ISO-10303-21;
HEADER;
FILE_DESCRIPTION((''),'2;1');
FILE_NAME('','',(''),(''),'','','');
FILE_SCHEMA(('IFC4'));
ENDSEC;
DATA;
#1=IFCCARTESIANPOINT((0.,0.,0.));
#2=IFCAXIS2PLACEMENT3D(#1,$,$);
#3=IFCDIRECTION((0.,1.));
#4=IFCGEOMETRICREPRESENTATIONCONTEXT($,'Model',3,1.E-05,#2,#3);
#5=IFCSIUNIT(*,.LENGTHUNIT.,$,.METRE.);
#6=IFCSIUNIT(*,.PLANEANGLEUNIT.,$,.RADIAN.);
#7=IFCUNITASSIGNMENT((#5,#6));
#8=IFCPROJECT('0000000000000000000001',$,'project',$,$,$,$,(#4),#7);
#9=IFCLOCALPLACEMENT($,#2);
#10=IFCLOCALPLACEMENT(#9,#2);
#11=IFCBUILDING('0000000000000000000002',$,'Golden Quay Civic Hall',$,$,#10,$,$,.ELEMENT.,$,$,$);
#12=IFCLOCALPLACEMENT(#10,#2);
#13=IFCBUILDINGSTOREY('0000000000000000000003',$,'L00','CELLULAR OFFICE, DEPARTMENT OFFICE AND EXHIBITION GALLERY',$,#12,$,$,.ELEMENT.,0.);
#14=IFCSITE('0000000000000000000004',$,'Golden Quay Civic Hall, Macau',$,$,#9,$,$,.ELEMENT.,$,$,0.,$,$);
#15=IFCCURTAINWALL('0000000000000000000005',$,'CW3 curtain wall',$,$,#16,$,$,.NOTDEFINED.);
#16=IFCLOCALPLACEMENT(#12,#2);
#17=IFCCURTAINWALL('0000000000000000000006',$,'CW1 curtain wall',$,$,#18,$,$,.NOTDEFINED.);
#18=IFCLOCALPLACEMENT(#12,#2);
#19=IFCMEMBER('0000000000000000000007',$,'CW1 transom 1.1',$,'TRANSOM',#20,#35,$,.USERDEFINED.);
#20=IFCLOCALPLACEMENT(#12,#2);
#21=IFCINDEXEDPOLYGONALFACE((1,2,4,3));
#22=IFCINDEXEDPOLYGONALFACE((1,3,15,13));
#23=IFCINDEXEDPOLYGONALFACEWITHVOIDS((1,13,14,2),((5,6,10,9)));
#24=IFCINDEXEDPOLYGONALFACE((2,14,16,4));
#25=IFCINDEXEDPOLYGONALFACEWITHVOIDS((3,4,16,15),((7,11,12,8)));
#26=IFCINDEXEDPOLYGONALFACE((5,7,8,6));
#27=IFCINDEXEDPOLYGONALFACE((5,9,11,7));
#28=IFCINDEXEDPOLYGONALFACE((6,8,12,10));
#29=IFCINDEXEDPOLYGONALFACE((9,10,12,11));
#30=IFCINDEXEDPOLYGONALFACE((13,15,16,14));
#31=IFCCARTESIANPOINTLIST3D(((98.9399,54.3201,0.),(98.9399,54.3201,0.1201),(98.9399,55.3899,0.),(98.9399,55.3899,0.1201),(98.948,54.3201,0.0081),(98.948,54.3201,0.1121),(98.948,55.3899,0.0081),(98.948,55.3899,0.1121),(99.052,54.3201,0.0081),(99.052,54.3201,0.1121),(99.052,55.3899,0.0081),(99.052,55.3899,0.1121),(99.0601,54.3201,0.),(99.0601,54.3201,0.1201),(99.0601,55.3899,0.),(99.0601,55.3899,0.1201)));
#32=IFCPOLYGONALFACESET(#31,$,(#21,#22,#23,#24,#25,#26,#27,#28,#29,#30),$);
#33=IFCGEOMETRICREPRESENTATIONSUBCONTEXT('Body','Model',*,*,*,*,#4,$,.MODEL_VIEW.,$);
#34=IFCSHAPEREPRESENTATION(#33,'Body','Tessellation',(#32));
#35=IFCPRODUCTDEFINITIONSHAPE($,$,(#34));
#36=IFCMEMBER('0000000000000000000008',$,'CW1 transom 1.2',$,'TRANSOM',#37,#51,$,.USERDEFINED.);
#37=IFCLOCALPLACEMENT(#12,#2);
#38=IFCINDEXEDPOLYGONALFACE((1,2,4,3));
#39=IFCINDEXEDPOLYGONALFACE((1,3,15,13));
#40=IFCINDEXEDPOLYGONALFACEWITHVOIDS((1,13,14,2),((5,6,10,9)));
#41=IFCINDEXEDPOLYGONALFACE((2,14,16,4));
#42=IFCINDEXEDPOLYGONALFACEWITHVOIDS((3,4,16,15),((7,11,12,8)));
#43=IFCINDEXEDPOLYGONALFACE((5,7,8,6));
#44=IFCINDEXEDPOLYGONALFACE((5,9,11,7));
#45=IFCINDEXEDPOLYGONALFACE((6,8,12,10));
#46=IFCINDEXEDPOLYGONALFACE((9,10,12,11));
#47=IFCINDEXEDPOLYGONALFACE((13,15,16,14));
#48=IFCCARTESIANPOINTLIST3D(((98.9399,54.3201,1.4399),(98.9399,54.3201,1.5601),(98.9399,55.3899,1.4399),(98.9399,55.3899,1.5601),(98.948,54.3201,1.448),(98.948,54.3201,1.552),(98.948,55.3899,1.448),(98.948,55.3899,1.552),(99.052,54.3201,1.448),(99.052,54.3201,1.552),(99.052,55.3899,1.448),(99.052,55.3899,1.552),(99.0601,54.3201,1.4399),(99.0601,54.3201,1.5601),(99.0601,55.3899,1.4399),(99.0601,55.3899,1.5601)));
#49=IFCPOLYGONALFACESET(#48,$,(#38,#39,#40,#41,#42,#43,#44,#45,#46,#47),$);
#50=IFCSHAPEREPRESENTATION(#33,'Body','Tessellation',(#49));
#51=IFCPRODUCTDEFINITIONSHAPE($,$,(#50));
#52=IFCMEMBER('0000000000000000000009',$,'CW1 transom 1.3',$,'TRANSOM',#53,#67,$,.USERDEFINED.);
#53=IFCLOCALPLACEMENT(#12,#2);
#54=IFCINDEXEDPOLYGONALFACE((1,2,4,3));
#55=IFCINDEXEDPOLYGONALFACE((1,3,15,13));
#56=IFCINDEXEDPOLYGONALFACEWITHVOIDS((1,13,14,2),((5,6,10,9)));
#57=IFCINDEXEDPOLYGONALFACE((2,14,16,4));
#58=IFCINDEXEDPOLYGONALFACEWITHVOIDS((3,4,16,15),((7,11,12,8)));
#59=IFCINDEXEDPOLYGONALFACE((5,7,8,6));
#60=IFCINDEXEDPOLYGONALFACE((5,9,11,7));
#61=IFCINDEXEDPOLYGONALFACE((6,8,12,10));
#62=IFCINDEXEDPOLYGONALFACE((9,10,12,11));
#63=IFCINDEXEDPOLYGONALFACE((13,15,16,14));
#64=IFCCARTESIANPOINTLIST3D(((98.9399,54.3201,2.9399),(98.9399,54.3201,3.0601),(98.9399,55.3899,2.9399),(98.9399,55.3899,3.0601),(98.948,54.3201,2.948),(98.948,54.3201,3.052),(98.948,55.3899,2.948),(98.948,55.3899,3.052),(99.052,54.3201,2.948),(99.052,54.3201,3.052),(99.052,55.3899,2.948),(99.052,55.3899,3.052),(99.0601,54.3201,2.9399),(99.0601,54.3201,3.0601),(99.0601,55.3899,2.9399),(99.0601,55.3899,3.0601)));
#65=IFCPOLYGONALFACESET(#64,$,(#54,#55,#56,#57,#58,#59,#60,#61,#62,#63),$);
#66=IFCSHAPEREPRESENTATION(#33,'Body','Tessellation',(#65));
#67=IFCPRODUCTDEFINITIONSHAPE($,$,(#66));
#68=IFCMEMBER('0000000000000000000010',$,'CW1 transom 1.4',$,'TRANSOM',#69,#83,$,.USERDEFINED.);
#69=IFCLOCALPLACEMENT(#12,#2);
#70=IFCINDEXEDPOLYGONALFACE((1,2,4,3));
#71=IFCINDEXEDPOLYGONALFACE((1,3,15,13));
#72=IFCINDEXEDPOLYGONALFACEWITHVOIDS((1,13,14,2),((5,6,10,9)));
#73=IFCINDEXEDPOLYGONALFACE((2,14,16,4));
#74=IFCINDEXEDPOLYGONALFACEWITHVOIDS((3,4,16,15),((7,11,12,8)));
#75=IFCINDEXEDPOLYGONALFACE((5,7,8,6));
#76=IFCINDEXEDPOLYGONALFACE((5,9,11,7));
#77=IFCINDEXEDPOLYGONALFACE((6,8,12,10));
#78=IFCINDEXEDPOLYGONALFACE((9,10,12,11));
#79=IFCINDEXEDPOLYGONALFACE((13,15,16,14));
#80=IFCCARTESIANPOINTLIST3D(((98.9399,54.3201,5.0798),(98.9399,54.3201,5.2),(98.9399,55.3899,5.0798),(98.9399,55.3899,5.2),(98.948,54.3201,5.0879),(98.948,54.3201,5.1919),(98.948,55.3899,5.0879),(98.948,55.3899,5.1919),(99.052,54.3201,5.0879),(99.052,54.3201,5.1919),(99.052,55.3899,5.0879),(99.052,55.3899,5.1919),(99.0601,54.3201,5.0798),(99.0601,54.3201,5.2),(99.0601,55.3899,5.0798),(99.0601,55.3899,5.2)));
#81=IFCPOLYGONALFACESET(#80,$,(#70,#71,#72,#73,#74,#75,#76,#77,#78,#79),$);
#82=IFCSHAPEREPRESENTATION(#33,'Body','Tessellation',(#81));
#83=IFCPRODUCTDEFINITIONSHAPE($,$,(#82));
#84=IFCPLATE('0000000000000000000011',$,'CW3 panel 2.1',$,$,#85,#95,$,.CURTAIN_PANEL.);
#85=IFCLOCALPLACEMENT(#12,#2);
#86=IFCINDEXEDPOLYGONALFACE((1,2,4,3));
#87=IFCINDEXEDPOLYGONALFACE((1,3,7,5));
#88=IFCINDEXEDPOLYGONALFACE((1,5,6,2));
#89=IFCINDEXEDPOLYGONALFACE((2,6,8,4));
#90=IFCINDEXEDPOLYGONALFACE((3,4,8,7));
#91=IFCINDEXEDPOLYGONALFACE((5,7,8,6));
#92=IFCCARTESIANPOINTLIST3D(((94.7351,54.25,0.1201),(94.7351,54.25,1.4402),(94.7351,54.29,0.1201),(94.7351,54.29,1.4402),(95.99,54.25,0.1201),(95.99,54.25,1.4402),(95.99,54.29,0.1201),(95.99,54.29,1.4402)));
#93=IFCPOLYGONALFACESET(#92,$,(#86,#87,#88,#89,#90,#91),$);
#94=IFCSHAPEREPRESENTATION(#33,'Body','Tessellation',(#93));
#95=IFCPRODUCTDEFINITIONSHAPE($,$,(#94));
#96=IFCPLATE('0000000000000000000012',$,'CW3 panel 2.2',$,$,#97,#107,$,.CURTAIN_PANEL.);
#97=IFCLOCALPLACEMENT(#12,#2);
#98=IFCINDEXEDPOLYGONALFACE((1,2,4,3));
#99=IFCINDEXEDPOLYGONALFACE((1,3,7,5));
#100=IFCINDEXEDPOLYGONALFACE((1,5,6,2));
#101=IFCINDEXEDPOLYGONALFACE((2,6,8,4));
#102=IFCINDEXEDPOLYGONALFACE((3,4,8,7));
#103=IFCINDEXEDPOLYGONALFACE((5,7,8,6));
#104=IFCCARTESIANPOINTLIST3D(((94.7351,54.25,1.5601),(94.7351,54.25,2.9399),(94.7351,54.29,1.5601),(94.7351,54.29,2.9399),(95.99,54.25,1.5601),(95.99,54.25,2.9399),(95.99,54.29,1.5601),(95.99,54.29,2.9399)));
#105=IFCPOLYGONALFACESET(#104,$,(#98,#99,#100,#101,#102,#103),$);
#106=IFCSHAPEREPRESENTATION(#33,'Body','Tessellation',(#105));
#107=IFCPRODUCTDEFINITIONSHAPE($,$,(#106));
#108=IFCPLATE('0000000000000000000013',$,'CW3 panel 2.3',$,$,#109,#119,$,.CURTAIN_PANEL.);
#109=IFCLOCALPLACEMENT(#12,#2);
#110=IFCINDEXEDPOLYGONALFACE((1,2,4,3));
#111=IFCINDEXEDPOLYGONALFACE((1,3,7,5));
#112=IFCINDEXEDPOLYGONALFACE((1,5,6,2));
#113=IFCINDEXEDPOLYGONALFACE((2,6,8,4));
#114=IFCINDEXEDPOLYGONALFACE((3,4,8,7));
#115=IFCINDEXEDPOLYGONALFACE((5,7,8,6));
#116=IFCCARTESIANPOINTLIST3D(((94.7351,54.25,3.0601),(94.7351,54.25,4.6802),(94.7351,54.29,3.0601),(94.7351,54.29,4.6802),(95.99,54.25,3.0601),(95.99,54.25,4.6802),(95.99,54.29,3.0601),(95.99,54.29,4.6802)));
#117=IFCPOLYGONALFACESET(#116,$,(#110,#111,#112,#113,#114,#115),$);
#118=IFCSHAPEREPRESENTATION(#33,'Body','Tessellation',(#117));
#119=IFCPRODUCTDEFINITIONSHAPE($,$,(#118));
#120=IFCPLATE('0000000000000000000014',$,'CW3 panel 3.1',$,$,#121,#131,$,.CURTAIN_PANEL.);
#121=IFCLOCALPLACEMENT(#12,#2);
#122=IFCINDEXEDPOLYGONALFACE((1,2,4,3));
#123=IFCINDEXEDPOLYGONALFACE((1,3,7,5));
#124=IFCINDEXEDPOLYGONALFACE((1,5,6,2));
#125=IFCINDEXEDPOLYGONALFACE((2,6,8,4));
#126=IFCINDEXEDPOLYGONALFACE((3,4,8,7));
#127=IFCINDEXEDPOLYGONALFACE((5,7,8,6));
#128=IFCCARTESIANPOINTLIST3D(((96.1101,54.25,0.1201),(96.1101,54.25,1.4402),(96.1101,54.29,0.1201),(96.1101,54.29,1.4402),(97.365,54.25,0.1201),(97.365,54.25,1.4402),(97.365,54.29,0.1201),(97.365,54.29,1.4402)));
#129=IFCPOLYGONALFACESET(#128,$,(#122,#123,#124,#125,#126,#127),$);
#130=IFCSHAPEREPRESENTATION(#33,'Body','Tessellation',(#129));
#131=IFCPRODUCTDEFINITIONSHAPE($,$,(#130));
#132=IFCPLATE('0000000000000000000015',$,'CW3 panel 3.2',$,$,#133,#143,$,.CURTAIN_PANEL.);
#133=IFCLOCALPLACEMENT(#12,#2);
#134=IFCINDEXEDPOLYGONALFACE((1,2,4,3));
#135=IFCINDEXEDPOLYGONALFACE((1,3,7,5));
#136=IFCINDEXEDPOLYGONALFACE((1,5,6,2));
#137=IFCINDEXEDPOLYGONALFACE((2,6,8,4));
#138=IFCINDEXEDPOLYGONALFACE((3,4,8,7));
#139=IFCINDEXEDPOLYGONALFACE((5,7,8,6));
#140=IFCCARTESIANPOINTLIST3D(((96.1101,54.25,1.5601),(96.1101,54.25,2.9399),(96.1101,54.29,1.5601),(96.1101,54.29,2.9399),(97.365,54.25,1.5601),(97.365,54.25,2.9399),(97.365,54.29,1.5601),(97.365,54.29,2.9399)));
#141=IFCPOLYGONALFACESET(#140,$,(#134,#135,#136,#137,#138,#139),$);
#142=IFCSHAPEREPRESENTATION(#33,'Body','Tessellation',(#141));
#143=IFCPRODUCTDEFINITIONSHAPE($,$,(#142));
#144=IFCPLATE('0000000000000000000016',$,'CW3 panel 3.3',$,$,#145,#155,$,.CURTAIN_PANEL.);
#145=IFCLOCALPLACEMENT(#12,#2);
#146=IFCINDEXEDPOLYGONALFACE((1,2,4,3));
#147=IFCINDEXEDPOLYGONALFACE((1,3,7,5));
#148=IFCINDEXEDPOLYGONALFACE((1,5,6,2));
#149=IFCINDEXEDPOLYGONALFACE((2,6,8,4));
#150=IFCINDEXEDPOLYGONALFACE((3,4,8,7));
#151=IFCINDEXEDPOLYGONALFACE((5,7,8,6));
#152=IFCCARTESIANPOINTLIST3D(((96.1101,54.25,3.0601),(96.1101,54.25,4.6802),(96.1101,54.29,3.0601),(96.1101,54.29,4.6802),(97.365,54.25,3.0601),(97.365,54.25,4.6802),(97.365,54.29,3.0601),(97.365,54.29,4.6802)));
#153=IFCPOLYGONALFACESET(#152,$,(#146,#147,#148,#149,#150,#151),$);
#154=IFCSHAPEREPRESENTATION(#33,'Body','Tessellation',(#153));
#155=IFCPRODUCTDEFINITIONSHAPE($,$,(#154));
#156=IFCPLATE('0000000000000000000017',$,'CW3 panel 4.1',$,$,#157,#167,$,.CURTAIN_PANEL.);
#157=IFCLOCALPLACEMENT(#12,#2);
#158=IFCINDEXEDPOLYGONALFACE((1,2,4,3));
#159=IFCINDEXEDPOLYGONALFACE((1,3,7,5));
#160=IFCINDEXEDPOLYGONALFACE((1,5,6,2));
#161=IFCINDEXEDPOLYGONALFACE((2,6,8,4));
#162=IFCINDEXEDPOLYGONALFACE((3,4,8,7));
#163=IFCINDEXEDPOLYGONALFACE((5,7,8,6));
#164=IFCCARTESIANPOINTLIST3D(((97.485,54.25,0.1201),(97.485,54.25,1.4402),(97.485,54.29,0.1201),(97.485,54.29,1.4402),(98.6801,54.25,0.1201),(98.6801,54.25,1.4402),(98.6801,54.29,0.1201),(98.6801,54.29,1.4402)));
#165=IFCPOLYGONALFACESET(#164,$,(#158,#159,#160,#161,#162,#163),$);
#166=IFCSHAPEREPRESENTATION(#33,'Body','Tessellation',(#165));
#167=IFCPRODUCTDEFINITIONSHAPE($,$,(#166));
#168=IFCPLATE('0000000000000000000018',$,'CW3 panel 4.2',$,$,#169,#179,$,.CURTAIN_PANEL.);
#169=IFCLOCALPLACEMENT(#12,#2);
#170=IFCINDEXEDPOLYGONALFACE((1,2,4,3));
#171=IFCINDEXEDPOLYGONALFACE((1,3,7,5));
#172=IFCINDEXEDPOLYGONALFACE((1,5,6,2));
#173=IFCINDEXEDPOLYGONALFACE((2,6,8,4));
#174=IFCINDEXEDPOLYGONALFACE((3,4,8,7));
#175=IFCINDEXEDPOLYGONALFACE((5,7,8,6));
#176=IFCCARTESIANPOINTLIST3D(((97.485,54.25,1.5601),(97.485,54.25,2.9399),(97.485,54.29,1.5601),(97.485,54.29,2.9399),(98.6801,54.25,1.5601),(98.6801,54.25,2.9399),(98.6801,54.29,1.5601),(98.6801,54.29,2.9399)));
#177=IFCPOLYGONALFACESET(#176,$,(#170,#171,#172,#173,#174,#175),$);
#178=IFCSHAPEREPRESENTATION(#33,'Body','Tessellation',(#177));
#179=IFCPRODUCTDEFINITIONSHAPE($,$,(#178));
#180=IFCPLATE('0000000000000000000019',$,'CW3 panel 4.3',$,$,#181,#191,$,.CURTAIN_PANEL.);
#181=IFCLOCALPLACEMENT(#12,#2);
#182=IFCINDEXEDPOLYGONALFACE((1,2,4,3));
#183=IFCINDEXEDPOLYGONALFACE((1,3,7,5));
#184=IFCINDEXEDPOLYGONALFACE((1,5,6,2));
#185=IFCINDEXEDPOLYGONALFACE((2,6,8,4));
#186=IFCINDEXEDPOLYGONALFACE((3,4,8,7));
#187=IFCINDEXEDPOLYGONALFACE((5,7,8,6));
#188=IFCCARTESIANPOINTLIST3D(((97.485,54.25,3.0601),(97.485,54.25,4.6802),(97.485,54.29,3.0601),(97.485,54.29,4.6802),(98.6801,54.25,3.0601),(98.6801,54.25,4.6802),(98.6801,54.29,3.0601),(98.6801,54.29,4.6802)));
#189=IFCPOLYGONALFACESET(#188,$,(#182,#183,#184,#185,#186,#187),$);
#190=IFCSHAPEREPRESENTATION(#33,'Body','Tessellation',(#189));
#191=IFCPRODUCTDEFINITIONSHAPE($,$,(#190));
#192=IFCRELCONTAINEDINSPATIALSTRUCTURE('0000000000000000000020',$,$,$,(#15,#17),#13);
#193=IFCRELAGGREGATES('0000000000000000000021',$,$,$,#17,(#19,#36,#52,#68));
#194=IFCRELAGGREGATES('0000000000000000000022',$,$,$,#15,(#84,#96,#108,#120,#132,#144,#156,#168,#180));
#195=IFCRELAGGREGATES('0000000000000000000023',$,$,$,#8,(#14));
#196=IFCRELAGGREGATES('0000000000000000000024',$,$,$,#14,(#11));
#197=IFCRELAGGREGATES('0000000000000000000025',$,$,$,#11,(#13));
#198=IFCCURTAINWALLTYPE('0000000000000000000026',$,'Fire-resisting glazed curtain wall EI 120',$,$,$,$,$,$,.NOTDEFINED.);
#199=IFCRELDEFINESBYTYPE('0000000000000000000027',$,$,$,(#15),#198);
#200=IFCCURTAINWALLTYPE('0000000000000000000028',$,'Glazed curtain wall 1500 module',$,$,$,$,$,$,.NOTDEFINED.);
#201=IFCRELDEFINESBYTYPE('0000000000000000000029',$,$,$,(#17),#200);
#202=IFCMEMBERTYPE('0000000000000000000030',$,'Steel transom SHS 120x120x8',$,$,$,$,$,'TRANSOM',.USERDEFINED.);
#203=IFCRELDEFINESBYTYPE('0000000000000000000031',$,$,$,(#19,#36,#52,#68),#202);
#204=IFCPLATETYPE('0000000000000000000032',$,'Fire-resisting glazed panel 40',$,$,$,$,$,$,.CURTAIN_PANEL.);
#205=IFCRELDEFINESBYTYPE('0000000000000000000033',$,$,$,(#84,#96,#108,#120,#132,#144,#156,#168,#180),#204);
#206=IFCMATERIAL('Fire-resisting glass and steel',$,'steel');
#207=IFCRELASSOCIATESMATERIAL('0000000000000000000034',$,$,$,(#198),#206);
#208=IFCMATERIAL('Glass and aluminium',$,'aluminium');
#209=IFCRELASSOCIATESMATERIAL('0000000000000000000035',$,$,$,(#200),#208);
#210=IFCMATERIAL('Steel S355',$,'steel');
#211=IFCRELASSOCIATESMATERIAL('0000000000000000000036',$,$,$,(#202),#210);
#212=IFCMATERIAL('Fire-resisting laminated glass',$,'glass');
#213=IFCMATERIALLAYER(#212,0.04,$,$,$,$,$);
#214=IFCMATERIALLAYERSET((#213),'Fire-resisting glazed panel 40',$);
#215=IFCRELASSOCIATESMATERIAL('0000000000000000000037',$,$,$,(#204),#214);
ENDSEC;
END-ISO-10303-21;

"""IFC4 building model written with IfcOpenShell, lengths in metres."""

from ifc_helpers import new_model, si_unit, direction, frame, origin, origin_2d, place, context, subcontext, project, spatial, rectangle, hollow_rectangle, extrude, material, layer, layer_set, material_profile, profile_set, type_object, element, aggregate, save


model = new_model("IFC4")

# Units and contexts
model_context = context("Model", 3, precision=1e-05, world=origin(), true_north=direction((0.0, 1.0)))
body_context = subcontext(model_context, "Body", "Model", "MODEL_VIEW")
ifc_project = project(units=[si_unit("LENGTHUNIT", "METRE"), si_unit("PLANEANGLEUNIT", "RADIAN")], contexts=[model_context])

# Site, building, storey
site_placement = place(None, origin())
site = spatial("IfcSite", under=ifc_project, at=site_placement, Name="Golden Quay Civic Hall, Macau", CompositionType="ELEMENT", RefElevation=0.0)
building_placement = place(site_placement, origin())
building = spatial("IfcBuilding", under=site, at=building_placement, Name="Golden Quay Civic Hall", CompositionType="ELEMENT")
storey_placement = place(building_placement, origin())
storey = spatial("IfcBuildingStorey", under=building, at=storey_placement, Name="L00", Description="CELLULAR OFFICE, DEPARTMENT OFFICE AND EXHIBITION GALLERY", CompositionType="ELEMENT", Elevation=0.0)

# Curtain walls, members
ifc_material_1 = material(Name="Fire-resisting glass and steel", Category="steel")
curtain_wall_type_1 = type_object("IfcCurtainWallType", Name="Fire-resisting glazed curtain wall EI 120", PredefinedType="NOTDEFINED", material=ifc_material_1)
curtain_wall_1_placement = place(storey_placement, origin())
curtain_wall_1 = element("IfcCurtainWall", 1, at=curtain_wall_1_placement, inside=storey, type_object=curtain_wall_type_1, Name="CW3 curtain wall", PredefinedType="NOTDEFINED")
ifc_material_2 = material(Name="Glass and aluminium", Category="aluminium")
curtain_wall_type_2 = type_object("IfcCurtainWallType", Name="Glazed curtain wall 1500 module", PredefinedType="NOTDEFINED", material=ifc_material_2)
curtain_wall_2_placement = place(storey_placement, origin())
curtain_wall_2 = element("IfcCurtainWall", 2, at=curtain_wall_2_placement, inside=storey, type_object=curtain_wall_type_2, Name="CW1 curtain wall", PredefinedType="NOTDEFINED")
ifc_material_3 = material(Name="Steel S355", Category="steel")
ifc_material_profile_1 = material_profile(ifc_material_3, hollow_rectangle(XDim=0.1201, YDim=0.1201, WallThickness=0.0081, at=origin_2d()), Name="SHS 120x120x8")
ifc_profile_set_1 = profile_set([ifc_material_profile_1], Name="Steel S355")
member_type_1 = type_object("IfcMemberType", Name="Steel transom SHS 120x120x8", ElementType="TRANSOM", PredefinedType="USERDEFINED", material=ifc_profile_set_1)
member_1_placement = place(storey_placement, frame((99.0, 54.3201, 0.0601), z_axis=(0.0, 1.0, 0.0), x_axis=(-1.0, 0.0, 0.0)))
member_1 = element("IfcMember", 3, at=member_1_placement, type_object=member_type_1, Name="CW1 transom 1.1", ObjectType="TRANSOM", PredefinedType="USERDEFINED", context=body_context, shape_type="SweptSolid", body=[
    extrude(hollow_rectangle(XDim=0.1201, YDim=0.1201, WallThickness=0.0081, at=origin_2d()), origin(), (0.0, 0.0, 1.0), 1.0698),
])
member_2_placement = place(storey_placement, frame((99.0, 54.3201, 1.5), z_axis=(0.0, 1.0, 0.0), x_axis=(-1.0, 0.0, 0.0)))
member_2 = element("IfcMember", 4, at=member_2_placement, type_object=member_type_1, Name="CW1 transom 1.2", ObjectType="TRANSOM", PredefinedType="USERDEFINED", context=body_context, shape_type="SweptSolid", body=[
    extrude(hollow_rectangle(XDim=0.1201, YDim=0.1201, WallThickness=0.0081, at=origin_2d()), origin(), (0.0, 0.0, 1.0), 1.0698),
])
member_3_placement = place(storey_placement, frame((99.0, 54.3201, 3.0), z_axis=(0.0, 1.0, 0.0), x_axis=(-1.0, 0.0, 0.0)))
member_3 = element("IfcMember", 5, at=member_3_placement, type_object=member_type_1, Name="CW1 transom 1.3", ObjectType="TRANSOM", PredefinedType="USERDEFINED", context=body_context, shape_type="SweptSolid", body=[
    extrude(hollow_rectangle(XDim=0.1201, YDim=0.1201, WallThickness=0.0081, at=origin_2d()), origin(), (0.0, 0.0, 1.0), 1.0698),
])
member_4_placement = place(storey_placement, frame((99.0, 54.3201, 5.1399), z_axis=(0.0, 1.0, 0.0), x_axis=(-1.0, 0.0, 0.0)))
member_4 = element("IfcMember", 6, at=member_4_placement, type_object=member_type_1, Name="CW1 transom 1.4", ObjectType="TRANSOM", PredefinedType="USERDEFINED", context=body_context, shape_type="SweptSolid", body=[
    extrude(hollow_rectangle(XDim=0.1201, YDim=0.1201, WallThickness=0.0081, at=origin_2d()), origin(), (0.0, 0.0, 1.0), 1.0698),
])
aggregate(curtain_wall_2, [member_1, member_2, member_3, member_4])

# Plates
ifc_material_4 = material(Name="Fire-resisting laminated glass", Category="glass")
ifc_layer = layer(ifc_material_4, 0.04)
ifc_layer_set = layer_set([ifc_layer], Name="Fire-resisting glazed panel 40")
plate_type = type_object("IfcPlateType", Name="Fire-resisting glazed panel 40", PredefinedType="CURTAIN_PANEL", material=ifc_layer_set)
plate_1_placement = place(storey_placement, frame((95.3625, 54.27, 0.1201), z_axis=(0.0, 0.0, 1.0), x_axis=(1.0, 0.0, 0.0)))
plate_1 = element("IfcPlate", 7, at=plate_1_placement, type_object=plate_type, Name="CW3 panel 2.1", PredefinedType="CURTAIN_PANEL", context=body_context, shape_type="SweptSolid", body=[
    extrude(rectangle(XDim=1.2549, YDim=0.04, at=origin_2d()), origin(), (0.0, 0.0, 1.0), 1.3201),
])
plate_2_placement = place(storey_placement, frame((95.3625, 54.27, 1.5601), z_axis=(0.0, 0.0, 1.0), x_axis=(1.0, 0.0, 0.0)))
plate_2 = element("IfcPlate", 8, at=plate_2_placement, type_object=plate_type, Name="CW3 panel 2.2", PredefinedType="CURTAIN_PANEL", context=body_context, shape_type="SweptSolid", body=[
    extrude(rectangle(XDim=1.2549, YDim=0.04, at=origin_2d()), origin(), (0.0, 0.0, 1.0), 1.3799),
])
plate_3_placement = place(storey_placement, frame((95.3625, 54.27, 3.0601), z_axis=(0.0, 0.0, 1.0), x_axis=(1.0, 0.0, 0.0)))
plate_3 = element("IfcPlate", 9, at=plate_3_placement, type_object=plate_type, Name="CW3 panel 2.3", PredefinedType="CURTAIN_PANEL", context=body_context, shape_type="SweptSolid", body=[
    extrude(rectangle(XDim=1.2549, YDim=0.04, at=origin_2d()), origin(), (0.0, 0.0, 1.0), 1.6201),
])
plate_4_placement = place(storey_placement, frame((96.7375, 54.27, 0.1201), z_axis=(0.0, 0.0, 1.0), x_axis=(1.0, 0.0, 0.0)))
plate_4 = element("IfcPlate", 10, at=plate_4_placement, type_object=plate_type, Name="CW3 panel 3.1", PredefinedType="CURTAIN_PANEL", context=body_context, shape_type="SweptSolid", body=[
    extrude(rectangle(XDim=1.2549, YDim=0.04, at=origin_2d()), origin(), (0.0, 0.0, 1.0), 1.3201),
])
plate_5_placement = place(storey_placement, frame((96.7375, 54.27, 1.5601), z_axis=(0.0, 0.0, 1.0), x_axis=(1.0, 0.0, 0.0)))
plate_5 = element("IfcPlate", 11, at=plate_5_placement, type_object=plate_type, Name="CW3 panel 3.2", PredefinedType="CURTAIN_PANEL", context=body_context, shape_type="SweptSolid", body=[
    extrude(rectangle(XDim=1.2549, YDim=0.04, at=origin_2d()), origin(), (0.0, 0.0, 1.0), 1.3799),
])
plate_6_placement = place(storey_placement, frame((96.7375, 54.27, 3.0601), z_axis=(0.0, 0.0, 1.0), x_axis=(1.0, 0.0, 0.0)))
plate_6 = element("IfcPlate", 12, at=plate_6_placement, type_object=plate_type, Name="CW3 panel 3.3", PredefinedType="CURTAIN_PANEL", context=body_context, shape_type="SweptSolid", body=[
    extrude(rectangle(XDim=1.2549, YDim=0.04, at=origin_2d()), origin(), (0.0, 0.0, 1.0), 1.6201),
])
plate_7_placement = place(storey_placement, frame((98.0825, 54.27, 0.1201), z_axis=(0.0, 0.0, 1.0), x_axis=(1.0, 0.0, 0.0)))
plate_7 = element("IfcPlate", 13, at=plate_7_placement, type_object=plate_type, Name="CW3 panel 4.1", PredefinedType="CURTAIN_PANEL", context=body_context, shape_type="SweptSolid", body=[
    extrude(rectangle(XDim=1.1951, YDim=0.04, at=origin_2d()), origin(), (0.0, 0.0, 1.0), 1.3201),
])
plate_8_placement = place(storey_placement, frame((98.0825, 54.27, 1.5601), z_axis=(0.0, 0.0, 1.0), x_axis=(1.0, 0.0, 0.0)))
plate_8 = element("IfcPlate", 14, at=plate_8_placement, type_object=plate_type, Name="CW3 panel 4.2", PredefinedType="CURTAIN_PANEL", context=body_context, shape_type="SweptSolid", body=[
    extrude(rectangle(XDim=1.1951, YDim=0.04, at=origin_2d()), origin(), (0.0, 0.0, 1.0), 1.3799),
])
plate_9_placement = place(storey_placement, frame((98.0825, 54.27, 3.0601), z_axis=(0.0, 0.0, 1.0), x_axis=(1.0, 0.0, 0.0)))
plate_9 = element("IfcPlate", 15, at=plate_9_placement, type_object=plate_type, Name="CW3 panel 4.3", PredefinedType="CURTAIN_PANEL", context=body_context, shape_type="SweptSolid", body=[
    extrude(rectangle(XDim=1.1951, YDim=0.04, at=origin_2d()), origin(), (0.0, 0.0, 1.0), 1.6201),
])
aggregate(curtain_wall_1, [plate_1, plate_2, plate_3, plate_4, plate_5, plate_6, plate_7, plate_8, plate_9])

save(model, "model.ifc")
